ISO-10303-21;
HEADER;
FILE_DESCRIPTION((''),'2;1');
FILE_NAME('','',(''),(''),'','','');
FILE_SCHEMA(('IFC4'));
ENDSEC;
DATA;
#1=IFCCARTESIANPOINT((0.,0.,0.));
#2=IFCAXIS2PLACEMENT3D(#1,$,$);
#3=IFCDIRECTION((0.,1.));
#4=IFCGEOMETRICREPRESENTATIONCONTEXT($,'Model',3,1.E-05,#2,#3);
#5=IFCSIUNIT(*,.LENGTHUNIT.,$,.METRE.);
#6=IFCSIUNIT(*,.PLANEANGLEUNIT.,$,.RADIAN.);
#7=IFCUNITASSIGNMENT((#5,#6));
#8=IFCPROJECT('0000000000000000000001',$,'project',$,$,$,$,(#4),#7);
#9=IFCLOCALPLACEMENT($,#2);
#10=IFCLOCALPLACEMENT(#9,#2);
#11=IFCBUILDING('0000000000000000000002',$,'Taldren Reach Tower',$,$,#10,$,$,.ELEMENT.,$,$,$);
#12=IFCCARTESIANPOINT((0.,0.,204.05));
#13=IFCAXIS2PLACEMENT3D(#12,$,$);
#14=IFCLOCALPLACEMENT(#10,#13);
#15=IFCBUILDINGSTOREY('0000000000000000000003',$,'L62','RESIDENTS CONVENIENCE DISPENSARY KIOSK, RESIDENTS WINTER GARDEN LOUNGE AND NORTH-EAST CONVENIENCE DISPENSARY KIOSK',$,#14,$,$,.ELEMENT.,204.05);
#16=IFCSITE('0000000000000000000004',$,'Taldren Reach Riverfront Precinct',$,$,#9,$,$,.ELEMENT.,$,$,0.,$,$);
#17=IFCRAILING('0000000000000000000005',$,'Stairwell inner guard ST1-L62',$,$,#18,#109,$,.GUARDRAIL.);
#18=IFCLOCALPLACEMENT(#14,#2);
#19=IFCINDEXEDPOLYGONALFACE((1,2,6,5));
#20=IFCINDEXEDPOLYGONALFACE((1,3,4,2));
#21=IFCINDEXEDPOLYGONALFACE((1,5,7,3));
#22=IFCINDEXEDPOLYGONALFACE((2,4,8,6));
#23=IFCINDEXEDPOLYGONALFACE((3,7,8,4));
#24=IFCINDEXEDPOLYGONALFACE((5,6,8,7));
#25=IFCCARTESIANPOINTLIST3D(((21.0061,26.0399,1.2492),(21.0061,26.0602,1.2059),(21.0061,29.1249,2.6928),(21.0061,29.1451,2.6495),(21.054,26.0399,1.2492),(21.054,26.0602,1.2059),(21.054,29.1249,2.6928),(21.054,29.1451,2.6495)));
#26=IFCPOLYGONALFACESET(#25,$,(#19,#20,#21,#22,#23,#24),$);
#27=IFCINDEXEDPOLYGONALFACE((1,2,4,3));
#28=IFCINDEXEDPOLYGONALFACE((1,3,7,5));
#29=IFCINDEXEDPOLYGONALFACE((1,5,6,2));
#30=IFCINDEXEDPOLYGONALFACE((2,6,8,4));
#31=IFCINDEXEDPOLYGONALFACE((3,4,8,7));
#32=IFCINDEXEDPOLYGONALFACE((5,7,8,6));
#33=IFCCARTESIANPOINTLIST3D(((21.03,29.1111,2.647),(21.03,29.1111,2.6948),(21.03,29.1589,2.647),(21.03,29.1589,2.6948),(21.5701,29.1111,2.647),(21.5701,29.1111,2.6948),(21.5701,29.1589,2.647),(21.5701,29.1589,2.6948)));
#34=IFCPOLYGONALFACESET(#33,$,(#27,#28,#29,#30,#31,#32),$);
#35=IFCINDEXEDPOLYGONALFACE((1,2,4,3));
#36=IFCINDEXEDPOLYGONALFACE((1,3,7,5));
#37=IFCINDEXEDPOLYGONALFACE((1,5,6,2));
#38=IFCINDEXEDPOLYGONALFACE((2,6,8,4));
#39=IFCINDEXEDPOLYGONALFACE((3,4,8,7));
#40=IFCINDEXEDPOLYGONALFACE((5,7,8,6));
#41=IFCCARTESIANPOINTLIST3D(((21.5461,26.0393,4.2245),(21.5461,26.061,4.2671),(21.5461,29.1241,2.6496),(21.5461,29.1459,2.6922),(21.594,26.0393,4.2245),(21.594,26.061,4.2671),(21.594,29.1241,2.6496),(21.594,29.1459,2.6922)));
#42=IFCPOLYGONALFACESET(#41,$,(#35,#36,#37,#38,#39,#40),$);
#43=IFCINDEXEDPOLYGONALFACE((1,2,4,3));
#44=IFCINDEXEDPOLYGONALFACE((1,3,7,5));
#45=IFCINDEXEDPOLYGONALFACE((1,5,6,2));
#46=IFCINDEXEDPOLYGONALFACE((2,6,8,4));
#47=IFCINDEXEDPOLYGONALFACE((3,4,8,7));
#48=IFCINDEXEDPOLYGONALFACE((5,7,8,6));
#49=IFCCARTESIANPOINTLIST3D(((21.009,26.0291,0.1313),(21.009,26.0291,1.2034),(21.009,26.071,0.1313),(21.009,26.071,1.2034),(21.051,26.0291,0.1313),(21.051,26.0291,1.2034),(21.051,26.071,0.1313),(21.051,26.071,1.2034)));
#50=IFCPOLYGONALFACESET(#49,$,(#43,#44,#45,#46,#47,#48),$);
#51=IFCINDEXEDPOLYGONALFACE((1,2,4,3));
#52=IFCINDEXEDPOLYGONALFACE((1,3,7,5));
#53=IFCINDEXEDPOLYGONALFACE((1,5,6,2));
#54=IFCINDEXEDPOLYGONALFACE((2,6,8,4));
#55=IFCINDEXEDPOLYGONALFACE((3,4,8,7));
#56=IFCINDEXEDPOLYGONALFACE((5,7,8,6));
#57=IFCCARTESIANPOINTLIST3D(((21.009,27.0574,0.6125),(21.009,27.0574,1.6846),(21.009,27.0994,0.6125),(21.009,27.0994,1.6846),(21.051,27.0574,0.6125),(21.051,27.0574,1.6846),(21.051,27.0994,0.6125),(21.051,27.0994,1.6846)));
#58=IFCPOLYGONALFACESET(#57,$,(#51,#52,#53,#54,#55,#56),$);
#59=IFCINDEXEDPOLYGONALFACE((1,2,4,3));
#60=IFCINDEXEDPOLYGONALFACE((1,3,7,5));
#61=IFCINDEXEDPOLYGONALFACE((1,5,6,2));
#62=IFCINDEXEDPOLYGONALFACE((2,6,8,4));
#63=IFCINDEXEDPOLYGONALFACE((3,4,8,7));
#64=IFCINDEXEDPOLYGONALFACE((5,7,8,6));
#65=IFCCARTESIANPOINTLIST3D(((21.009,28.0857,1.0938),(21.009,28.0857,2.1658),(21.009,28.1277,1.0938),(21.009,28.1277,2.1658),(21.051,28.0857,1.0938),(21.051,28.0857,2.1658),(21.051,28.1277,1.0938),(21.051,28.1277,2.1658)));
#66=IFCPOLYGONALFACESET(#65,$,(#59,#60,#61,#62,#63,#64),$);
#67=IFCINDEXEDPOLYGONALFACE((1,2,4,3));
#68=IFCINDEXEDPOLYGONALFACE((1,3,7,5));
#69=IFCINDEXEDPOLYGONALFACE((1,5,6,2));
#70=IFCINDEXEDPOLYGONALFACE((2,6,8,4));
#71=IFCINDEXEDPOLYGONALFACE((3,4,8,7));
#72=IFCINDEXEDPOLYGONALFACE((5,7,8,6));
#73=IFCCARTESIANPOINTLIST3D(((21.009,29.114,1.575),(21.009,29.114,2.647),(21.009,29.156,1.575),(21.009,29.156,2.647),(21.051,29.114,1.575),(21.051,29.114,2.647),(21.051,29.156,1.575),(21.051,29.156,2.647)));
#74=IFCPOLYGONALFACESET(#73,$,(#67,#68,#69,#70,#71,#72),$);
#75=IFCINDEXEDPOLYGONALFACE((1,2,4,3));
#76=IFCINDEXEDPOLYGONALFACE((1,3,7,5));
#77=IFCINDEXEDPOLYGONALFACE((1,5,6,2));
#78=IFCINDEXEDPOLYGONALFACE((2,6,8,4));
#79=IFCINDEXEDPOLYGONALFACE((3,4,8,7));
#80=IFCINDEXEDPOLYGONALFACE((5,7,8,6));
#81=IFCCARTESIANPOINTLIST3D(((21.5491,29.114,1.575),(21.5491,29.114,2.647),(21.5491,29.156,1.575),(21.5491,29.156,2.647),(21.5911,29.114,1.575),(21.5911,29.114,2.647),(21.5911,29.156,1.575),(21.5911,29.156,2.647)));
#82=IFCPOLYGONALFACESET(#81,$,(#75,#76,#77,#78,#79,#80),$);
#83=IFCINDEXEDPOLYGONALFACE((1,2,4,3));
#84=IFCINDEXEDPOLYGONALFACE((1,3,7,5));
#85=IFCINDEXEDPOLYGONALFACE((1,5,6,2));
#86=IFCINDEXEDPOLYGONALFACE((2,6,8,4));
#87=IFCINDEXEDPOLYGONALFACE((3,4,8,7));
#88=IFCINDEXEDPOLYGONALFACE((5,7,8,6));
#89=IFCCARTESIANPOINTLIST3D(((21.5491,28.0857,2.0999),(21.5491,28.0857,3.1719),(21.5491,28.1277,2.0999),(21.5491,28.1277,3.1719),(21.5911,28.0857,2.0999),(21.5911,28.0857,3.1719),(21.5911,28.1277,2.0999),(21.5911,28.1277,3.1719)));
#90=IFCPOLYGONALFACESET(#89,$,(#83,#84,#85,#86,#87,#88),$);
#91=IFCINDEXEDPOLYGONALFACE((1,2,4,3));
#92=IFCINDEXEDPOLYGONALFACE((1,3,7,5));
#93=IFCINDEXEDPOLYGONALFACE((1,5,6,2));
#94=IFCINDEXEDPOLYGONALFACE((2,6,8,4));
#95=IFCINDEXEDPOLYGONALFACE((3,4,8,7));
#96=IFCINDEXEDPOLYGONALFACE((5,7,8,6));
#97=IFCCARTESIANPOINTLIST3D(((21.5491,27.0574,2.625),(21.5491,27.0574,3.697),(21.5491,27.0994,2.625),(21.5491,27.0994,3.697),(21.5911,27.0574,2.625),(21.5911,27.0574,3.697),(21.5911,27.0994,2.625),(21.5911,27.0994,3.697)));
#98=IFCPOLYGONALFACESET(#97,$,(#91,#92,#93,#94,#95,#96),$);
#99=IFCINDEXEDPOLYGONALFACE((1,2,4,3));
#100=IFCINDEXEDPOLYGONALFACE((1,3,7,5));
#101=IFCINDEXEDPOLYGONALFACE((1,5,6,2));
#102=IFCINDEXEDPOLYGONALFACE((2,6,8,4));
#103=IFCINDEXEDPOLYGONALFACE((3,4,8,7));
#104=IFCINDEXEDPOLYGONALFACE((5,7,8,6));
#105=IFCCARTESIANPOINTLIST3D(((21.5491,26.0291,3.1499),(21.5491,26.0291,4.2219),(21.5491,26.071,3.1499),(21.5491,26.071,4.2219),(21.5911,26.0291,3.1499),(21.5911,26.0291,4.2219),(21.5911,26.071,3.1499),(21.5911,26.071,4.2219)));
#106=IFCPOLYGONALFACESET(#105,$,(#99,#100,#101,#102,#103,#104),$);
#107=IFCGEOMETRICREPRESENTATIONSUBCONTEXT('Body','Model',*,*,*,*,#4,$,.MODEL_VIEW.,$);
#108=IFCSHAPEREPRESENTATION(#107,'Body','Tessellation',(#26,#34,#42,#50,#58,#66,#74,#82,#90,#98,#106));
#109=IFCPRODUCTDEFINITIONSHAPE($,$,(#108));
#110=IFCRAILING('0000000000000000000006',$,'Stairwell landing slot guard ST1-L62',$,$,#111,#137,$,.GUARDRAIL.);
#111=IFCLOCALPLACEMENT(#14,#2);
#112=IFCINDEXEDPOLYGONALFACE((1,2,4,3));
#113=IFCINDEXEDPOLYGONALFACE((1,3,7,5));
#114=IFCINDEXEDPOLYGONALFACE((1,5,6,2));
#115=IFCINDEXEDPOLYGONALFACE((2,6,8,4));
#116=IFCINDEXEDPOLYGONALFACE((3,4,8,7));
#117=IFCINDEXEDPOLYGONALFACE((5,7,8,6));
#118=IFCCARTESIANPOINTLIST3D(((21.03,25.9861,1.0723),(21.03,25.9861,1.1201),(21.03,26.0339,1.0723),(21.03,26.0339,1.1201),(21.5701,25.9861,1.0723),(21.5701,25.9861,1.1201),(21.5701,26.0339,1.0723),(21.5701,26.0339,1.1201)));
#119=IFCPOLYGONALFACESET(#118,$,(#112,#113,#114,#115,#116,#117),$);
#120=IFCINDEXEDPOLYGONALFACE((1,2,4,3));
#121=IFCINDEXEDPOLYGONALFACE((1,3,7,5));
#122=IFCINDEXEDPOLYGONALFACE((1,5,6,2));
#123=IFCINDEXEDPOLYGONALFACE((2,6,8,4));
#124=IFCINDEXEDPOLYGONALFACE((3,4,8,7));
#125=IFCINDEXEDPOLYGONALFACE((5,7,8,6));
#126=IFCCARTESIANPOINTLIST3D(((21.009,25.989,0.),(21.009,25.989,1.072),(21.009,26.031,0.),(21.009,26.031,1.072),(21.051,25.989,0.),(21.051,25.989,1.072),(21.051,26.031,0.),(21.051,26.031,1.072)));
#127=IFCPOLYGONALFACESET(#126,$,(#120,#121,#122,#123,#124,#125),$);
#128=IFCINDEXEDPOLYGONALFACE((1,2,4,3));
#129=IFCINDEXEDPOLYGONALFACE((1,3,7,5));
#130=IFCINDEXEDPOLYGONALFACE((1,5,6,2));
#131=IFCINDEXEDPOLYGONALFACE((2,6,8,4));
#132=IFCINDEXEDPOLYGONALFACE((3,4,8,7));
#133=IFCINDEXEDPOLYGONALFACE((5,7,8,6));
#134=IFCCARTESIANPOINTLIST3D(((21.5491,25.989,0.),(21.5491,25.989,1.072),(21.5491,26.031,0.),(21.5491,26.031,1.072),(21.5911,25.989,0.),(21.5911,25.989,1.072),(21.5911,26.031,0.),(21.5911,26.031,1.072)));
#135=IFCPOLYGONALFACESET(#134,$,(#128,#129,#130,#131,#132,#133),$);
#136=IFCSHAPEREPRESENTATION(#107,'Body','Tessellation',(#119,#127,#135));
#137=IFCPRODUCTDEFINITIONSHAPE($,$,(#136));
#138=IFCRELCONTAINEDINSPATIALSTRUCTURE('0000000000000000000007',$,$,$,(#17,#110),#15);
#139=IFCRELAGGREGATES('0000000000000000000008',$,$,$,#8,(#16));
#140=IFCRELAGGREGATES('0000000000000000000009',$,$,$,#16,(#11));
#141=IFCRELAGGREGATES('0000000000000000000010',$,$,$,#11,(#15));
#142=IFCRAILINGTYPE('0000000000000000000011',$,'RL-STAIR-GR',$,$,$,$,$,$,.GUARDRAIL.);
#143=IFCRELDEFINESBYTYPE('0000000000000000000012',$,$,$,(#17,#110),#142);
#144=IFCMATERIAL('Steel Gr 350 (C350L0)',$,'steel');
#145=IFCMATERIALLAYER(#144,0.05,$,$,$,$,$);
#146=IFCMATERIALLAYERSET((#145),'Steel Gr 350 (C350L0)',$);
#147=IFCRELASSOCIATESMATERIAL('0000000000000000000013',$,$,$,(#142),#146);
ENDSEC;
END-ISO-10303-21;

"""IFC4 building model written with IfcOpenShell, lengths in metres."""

from ifc_helpers import new_model, si_unit, direction, frame, origin, origin_2d, place, context, subcontext, project, spatial, rectangle, extrude, material, layer, layer_set, type_object, element, save


model = new_model("IFC4")

# Units and contexts
model_context = context("Model", 3, precision=1e-05, world=origin(), true_north=direction((0.0, 1.0)))
body_context = subcontext(model_context, "Body", "Model", "MODEL_VIEW")
ifc_project = project(units=[si_unit("LENGTHUNIT", "METRE"), si_unit("PLANEANGLEUNIT", "RADIAN")], contexts=[model_context])

# Site, building, storey
site_placement = place(None, origin())
site = spatial("IfcSite", under=ifc_project, at=site_placement, Name="Taldren Reach Riverfront Precinct", CompositionType="ELEMENT", RefElevation=0.0)
building_placement = place(site_placement, origin())
building = spatial("IfcBuilding", under=site, at=building_placement, Name="Taldren Reach Tower", CompositionType="ELEMENT")
storey_placement = place(building_placement, frame((0.0, 0.0, 204.05)))
storey = spatial("IfcBuildingStorey", under=building, at=storey_placement, Name="L62", Description="RESIDENTS CONVENIENCE DISPENSARY KIOSK, RESIDENTS WINTER GARDEN LOUNGE AND NORTH-EAST CONVENIENCE DISPENSARY KIOSK", CompositionType="ELEMENT", Elevation=204.05)

# Shared definitions
ifc_material_1 = material(Name="Steel Gr 350 (C350L0)", Category="steel")

# Railings
ifc_layer_1 = layer(ifc_material_1, 0.05)
ifc_layer_set_1 = layer_set([ifc_layer_1], Name="Steel Gr 350 (C350L0)")
railing_type_1 = type_object("IfcRailingType", Name="RL-STAIR-GR", PredefinedType="GUARDRAIL", material=ifc_layer_set_1)
railing_1_placement = place(storey_placement, frame((21.03, 26.05, 0.1313)))
element("IfcRailing", 1, at=railing_1_placement, inside=storey, type_object=railing_type_1, Name="Stairwell inner guard ST1-L62", PredefinedType="GUARDRAIL", context=body_context, shape_type="SweptSolid", body=[
    extrude(rectangle(XDim=0.0479, YDim=0.0479, at=origin_2d()), frame((0.0, 0.0, 1.0962), z_axis=(0.0, 0.905738, 0.423839), x_axis=(-1.0, 0.0, 0.0)), (0.0, 0.0, 1.0), 3.406),
    extrude(rectangle(XDim=0.0479, YDim=0.0479, at=origin_2d()), frame((0.0, 3.085, 2.5396), z_axis=(1.0, 0.0, 0.0), x_axis=(0.0, 1.0, 0.0)), (0.0, 0.0, 1.0), 0.54),
    extrude(rectangle(XDim=0.0479, YDim=0.0479, at=origin_2d()), frame((0.54, 3.085, 2.5396), z_axis=(0.0, -0.890646, 0.454697), x_axis=(1.0, 0.0, 0.0)), (0.0, 0.0, 1.0), 3.4636),
    extrude(rectangle(XDim=0.042, YDim=0.042, at=origin_2d()), origin(), (0.0, 0.0, 1.0), 1.072),
    extrude(rectangle(XDim=0.042, YDim=0.042, at=origin_2d()), frame((0.0, 1.0283, 0.4812)), (0.0, 0.0, 1.0), 1.072),
    extrude(rectangle(XDim=0.042, YDim=0.042, at=origin_2d()), frame((0.0, 2.0566, 0.9624)), (0.0, 0.0, 1.0), 1.072),
    extrude(rectangle(XDim=0.042, YDim=0.042, at=origin_2d()), frame((0.0, 3.085, 1.4436)), (0.0, 0.0, 1.0), 1.072),
    extrude(rectangle(XDim=0.042, YDim=0.042, at=origin_2d()), frame((0.54, 3.085, 1.4436)), (0.0, 0.0, 1.0), 1.072),
    extrude(rectangle(XDim=0.042, YDim=0.042, at=origin_2d()), frame((0.54, 2.0566, 1.9685)), (0.0, 0.0, 1.0), 1.072),
    extrude(rectangle(XDim=0.042, YDim=0.042, at=origin_2d()), frame((0.54, 1.0283, 2.4937)), (0.0, 0.0, 1.0), 1.072),
    extrude(rectangle(XDim=0.042, YDim=0.042, at=origin_2d()), frame((0.54, 0.0, 3.0186)), (0.0, 0.0, 1.0), 1.072),
])
railing_2_placement = place(storey_placement, frame((21.03, 26.01, 0.0)))
element("IfcRailing", 2, at=railing_2_placement, inside=storey, type_object=railing_type_1, Name="Stairwell landing slot guard ST1-L62", PredefinedType="GUARDRAIL", context=body_context, shape_type="SweptSolid", body=[
    extrude(rectangle(XDim=0.0479, YDim=0.0479, at=origin_2d()), frame((0.0, 0.0, 1.0962), z_axis=(1.0, 0.0, 0.0), x_axis=(0.0, 1.0, 0.0)), (0.0, 0.0, 1.0), 0.54),
    extrude(rectangle(XDim=0.042, YDim=0.042, at=origin_2d()), origin(), (0.0, 0.0, 1.0), 1.072),
    extrude(rectangle(XDim=0.042, YDim=0.042, at=origin_2d()), frame((0.54, 0.0, 0.0)), (0.0, 0.0, 1.0), 1.072),
])

save(model, "model.ifc")
